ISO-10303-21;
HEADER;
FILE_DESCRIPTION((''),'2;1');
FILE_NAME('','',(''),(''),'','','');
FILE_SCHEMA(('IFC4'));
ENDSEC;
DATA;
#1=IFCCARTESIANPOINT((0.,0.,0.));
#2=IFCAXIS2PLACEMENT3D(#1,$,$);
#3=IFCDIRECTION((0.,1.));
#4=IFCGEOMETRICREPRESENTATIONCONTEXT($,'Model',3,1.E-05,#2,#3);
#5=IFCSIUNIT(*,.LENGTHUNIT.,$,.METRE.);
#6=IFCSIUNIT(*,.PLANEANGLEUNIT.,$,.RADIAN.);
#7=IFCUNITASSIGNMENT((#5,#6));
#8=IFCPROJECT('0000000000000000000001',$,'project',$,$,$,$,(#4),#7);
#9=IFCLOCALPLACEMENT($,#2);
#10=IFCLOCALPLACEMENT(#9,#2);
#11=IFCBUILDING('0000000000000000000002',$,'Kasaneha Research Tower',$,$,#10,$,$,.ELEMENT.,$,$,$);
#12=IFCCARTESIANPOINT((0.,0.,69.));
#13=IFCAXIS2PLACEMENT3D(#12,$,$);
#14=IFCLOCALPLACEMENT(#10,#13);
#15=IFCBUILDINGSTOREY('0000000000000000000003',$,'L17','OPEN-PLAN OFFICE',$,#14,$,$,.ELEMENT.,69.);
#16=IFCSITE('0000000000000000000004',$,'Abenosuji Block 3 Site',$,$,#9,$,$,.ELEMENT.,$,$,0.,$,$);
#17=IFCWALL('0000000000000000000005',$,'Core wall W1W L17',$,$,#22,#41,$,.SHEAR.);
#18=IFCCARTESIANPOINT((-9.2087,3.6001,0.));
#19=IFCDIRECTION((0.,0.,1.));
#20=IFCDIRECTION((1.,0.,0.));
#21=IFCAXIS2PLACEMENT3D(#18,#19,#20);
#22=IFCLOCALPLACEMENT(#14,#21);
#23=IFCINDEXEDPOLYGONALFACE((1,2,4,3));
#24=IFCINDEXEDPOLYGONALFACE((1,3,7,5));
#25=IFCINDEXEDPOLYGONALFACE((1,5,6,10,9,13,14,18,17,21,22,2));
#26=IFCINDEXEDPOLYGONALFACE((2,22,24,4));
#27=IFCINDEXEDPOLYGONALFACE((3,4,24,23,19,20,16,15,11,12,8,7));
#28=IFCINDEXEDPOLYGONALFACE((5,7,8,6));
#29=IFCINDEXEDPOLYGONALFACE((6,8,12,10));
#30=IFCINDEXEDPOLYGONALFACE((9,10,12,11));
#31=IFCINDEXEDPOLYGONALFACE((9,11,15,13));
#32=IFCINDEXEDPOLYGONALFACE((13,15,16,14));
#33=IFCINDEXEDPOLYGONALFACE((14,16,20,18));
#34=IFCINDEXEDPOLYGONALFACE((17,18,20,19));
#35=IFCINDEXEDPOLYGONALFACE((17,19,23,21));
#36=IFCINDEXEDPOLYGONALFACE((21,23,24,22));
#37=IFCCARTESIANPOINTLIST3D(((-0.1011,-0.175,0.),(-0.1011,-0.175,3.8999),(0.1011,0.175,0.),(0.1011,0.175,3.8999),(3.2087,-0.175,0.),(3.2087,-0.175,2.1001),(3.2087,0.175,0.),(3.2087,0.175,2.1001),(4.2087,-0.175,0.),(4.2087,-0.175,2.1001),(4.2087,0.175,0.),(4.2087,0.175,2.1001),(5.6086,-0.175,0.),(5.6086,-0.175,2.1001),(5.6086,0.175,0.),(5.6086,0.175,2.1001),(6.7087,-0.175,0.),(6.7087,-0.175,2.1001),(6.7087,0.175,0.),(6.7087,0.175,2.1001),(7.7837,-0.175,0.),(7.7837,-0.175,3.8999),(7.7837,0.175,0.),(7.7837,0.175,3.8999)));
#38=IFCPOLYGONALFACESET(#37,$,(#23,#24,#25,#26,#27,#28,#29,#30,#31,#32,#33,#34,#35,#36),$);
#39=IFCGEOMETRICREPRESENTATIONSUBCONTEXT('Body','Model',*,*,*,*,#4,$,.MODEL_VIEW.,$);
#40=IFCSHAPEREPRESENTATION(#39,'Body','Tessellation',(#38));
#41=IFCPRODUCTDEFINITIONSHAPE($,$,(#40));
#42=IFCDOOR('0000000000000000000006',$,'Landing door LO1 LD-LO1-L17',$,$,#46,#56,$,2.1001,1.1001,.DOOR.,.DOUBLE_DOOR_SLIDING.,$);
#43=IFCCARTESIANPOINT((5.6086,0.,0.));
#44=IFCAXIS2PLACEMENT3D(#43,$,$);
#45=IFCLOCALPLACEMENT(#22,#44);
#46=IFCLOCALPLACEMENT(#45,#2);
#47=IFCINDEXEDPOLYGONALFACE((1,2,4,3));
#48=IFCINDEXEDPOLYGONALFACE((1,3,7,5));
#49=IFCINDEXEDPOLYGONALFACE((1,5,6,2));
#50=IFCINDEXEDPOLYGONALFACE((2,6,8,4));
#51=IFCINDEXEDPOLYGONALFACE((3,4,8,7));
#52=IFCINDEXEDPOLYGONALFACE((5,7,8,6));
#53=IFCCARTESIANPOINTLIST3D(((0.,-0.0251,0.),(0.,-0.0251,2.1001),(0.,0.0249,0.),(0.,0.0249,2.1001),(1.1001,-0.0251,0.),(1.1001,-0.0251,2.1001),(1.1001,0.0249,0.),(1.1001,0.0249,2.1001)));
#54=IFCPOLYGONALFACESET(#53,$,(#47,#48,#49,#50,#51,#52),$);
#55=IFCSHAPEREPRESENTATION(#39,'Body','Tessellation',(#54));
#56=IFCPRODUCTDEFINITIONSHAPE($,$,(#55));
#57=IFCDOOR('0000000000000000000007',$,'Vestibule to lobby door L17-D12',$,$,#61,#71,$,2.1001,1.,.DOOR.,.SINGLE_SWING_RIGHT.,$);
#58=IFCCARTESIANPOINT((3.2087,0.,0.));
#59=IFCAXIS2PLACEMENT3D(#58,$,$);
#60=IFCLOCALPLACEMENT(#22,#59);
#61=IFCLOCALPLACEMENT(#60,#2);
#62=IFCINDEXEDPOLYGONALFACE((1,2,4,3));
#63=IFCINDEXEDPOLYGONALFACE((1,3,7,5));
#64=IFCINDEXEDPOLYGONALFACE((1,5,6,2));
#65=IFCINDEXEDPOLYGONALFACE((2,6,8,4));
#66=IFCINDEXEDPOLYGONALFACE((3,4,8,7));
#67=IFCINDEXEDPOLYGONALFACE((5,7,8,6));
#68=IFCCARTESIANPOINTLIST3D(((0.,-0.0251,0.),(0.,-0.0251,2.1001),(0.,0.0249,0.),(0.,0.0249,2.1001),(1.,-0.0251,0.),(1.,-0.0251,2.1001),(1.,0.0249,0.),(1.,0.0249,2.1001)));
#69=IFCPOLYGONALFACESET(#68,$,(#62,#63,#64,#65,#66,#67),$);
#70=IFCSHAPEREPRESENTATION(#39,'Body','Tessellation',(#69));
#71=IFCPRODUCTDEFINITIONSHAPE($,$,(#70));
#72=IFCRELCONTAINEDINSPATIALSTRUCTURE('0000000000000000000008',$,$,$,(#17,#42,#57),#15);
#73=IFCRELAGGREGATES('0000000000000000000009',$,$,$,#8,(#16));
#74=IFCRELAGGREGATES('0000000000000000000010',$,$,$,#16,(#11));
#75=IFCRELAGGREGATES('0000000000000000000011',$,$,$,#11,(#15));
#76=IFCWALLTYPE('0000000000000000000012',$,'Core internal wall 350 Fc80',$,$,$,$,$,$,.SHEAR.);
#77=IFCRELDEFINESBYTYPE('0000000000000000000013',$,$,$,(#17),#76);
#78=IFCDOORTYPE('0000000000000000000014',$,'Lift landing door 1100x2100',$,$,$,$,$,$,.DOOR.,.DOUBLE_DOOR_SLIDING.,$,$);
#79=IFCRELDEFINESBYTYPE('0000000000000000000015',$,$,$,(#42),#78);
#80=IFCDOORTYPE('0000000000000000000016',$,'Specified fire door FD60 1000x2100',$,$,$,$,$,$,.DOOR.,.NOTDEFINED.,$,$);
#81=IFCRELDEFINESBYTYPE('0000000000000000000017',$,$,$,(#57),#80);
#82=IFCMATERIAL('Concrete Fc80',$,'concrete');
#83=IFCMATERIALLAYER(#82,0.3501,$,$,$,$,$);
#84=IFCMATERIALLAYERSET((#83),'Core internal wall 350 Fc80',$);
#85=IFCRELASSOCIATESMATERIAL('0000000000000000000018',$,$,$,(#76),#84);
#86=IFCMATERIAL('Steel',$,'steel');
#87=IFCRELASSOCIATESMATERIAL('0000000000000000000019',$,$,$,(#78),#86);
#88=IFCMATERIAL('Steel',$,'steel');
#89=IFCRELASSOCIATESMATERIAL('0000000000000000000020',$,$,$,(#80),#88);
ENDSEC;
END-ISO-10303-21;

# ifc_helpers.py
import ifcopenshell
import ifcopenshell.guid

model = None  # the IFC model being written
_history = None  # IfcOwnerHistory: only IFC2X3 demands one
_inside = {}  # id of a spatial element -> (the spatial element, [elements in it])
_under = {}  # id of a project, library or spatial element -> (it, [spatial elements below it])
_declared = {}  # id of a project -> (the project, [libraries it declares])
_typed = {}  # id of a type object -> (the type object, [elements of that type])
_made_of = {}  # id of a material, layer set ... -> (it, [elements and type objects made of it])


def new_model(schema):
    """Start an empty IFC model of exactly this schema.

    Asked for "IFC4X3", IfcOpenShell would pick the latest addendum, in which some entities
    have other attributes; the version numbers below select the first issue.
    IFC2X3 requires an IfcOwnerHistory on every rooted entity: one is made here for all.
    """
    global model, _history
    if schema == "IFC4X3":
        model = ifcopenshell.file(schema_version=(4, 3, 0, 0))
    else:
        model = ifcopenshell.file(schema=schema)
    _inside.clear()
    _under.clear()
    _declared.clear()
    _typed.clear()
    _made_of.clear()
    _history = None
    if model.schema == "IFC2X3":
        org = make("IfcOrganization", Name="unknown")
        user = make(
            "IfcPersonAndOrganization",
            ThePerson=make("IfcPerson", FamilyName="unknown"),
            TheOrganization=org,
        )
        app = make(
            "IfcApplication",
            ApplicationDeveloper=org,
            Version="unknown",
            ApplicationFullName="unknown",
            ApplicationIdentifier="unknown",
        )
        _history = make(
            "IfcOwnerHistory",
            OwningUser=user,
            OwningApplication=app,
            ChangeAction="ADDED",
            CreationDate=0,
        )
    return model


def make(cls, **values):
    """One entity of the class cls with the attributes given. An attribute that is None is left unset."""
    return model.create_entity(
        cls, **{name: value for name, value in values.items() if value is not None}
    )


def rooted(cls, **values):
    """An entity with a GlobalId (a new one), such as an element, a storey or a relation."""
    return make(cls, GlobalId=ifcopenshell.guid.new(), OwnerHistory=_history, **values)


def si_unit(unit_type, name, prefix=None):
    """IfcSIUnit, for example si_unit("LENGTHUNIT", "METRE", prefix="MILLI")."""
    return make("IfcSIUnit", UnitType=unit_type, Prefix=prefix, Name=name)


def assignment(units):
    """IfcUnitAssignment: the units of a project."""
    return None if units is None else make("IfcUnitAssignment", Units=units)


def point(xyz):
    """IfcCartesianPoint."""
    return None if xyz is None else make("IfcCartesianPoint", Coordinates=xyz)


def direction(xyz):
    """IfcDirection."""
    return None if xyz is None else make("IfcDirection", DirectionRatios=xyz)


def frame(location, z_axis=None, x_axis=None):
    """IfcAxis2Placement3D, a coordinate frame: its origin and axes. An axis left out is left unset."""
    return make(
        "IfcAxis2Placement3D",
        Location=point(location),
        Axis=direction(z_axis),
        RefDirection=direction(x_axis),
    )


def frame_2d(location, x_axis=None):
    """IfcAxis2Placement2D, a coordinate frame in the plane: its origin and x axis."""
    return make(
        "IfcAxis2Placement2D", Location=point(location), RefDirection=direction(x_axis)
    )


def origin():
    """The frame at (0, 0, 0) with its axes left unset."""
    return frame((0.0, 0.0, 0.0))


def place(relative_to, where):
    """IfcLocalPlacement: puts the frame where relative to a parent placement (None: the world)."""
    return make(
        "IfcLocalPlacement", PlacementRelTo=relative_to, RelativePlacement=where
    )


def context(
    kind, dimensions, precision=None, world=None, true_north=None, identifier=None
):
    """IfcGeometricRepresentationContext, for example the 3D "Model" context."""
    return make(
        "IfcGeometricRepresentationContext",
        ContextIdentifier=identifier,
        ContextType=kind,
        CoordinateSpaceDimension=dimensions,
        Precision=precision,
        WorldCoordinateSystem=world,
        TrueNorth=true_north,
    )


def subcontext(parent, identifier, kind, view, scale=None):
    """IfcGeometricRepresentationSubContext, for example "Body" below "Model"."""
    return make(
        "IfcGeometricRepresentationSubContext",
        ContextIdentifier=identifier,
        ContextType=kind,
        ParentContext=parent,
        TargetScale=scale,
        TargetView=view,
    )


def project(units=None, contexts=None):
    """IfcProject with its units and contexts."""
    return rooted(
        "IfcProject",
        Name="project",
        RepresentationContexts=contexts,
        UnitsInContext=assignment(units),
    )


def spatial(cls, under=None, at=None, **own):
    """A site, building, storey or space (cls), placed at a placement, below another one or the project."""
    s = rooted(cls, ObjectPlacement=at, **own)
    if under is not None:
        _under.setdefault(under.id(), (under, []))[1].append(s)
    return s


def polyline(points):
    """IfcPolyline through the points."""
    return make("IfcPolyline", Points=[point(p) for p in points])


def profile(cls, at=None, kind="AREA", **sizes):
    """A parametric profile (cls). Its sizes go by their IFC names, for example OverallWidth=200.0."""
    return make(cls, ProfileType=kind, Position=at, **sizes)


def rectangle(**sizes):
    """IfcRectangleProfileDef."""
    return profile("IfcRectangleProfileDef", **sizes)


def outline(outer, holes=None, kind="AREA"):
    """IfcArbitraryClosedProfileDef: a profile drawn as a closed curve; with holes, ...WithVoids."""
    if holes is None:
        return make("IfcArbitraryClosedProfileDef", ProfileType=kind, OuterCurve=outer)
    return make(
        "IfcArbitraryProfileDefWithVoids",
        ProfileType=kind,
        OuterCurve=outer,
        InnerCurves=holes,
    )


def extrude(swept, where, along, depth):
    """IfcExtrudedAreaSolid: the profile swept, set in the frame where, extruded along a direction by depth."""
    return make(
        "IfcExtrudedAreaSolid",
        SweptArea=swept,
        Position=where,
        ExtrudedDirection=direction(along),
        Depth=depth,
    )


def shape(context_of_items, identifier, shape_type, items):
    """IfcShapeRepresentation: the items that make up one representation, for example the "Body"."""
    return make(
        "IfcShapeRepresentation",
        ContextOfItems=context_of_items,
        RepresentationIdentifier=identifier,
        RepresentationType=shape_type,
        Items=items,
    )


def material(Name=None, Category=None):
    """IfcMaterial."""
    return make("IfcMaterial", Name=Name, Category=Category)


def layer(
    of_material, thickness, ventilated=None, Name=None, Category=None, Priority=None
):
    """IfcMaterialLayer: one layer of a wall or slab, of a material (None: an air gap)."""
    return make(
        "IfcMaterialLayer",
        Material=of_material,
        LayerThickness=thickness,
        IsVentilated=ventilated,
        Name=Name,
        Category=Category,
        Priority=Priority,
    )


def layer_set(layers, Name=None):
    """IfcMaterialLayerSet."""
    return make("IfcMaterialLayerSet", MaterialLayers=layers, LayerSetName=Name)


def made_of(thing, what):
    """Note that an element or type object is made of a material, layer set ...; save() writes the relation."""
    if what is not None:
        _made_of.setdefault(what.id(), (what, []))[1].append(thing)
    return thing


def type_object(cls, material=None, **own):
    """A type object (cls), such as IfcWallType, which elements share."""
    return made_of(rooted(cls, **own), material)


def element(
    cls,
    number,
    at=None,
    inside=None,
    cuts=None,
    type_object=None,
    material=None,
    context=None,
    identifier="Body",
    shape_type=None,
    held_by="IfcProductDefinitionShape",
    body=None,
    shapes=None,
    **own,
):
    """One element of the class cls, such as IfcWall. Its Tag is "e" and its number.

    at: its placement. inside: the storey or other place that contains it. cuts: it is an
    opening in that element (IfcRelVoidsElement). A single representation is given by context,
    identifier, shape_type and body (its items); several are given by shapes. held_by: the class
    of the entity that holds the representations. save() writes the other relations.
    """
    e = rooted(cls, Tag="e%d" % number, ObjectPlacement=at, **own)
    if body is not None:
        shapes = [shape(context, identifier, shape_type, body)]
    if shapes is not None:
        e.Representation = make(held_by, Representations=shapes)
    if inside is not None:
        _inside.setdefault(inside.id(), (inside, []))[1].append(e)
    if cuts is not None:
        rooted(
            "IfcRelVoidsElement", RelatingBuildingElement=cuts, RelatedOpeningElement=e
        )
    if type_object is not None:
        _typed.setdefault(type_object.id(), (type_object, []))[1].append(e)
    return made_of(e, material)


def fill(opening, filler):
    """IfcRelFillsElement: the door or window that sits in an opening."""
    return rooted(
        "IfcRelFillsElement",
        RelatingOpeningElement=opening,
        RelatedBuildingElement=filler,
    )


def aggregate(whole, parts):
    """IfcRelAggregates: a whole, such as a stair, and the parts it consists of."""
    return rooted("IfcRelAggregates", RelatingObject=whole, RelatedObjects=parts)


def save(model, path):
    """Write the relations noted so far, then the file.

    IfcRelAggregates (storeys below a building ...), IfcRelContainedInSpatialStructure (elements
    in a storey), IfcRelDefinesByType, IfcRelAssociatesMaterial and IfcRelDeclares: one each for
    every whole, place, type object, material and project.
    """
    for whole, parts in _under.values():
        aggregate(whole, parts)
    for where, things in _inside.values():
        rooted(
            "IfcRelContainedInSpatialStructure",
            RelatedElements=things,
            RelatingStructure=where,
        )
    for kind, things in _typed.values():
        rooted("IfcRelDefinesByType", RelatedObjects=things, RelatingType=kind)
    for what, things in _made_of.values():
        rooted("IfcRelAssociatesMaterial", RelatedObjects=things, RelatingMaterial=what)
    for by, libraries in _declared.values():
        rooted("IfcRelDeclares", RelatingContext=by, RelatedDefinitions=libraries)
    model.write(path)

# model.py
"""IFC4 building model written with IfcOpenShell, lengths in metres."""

from ifc_helpers import new_model, si_unit, direction, frame, frame_2d, origin, place, context, subcontext, project, spatial, polyline, rectangle, outline, extrude, material, layer, layer_set, type_object, element, fill, save


model = new_model("IFC4")

# Units and contexts
model_context = context("Model", 3, precision=1e-05, world=origin(), true_north=direction((0.0, 1.0)))
body_context = subcontext(model_context, "Body", "Model", "MODEL_VIEW")
ifc_project = project(units=[si_unit("LENGTHUNIT", "METRE"), si_unit("PLANEANGLEUNIT", "RADIAN")], contexts=[model_context])

# Site, building, storey
site_placement = place(None, origin())
site = spatial("IfcSite", under=ifc_project, at=site_placement, Name="Abenosuji Block 3 Site", CompositionType="ELEMENT", RefElevation=0.0)
building_placement = place(site_placement, origin())
building = spatial("IfcBuilding", under=site, at=building_placement, Name="Kasaneha Research Tower", CompositionType="ELEMENT")
storey_placement = place(building_placement, frame((0.0, 0.0, 69.0)))
storey = spatial("IfcBuildingStorey", under=building, at=storey_placement, Name="L17", Description="OPEN-PLAN OFFICE", CompositionType="ELEMENT", Elevation=69.0)

# Wall, openings, doors
ifc_material_1 = material(Name="Concrete Fc80", Category="concrete")
ifc_layer_1 = layer(ifc_material_1, 0.3501)
ifc_layer_set_1 = layer_set([ifc_layer_1], Name="Core internal wall 350 Fc80")
wall_type_1 = type_object("IfcWallType", Name="Core internal wall 350 Fc80", PredefinedType="SHEAR", material=ifc_layer_set_1)
wall_1_placement = place(storey_placement, frame((-9.2087, 3.6001, 0.0), z_axis=(0.0, 0.0, 1.0), x_axis=(1.0, 0.0, 0.0)))
wall_1 = element("IfcWall", 1, at=wall_1_placement, inside=storey, type_object=wall_type_1, Name="Core wall W1W L17", PredefinedType="SHEAR", context=body_context, shape_type="SweptSolid", body=[
    extrude(outline(polyline([(-0.1011, -0.175), (3.2087, -0.175), (4.2087, -0.175), (5.6086, -0.175), (6.7087, -0.175), (7.7837, -0.175), (7.7837, 0.175), (6.7087, 0.175), (5.6086, 0.175), (4.2087, 0.175), (3.2087, 0.175), (0.1011, 0.175), (-0.1011, -0.175)])), origin(), (0.0, 0.0, 1.0), 3.8999),
])
opening_1_placement = place(wall_1_placement, frame((3.2087, 0.0, 0.0)))
opening_1 = element("IfcOpeningElement", 2, at=opening_1_placement, cuts=wall_1, PredefinedType="OPENING", context=body_context, shape_type="SweptSolid", body=[
    extrude(rectangle(XDim=1.0, YDim=2.1001, at=frame_2d((0.5, 1.05))), frame((0.0, 0.1851, 0.0), z_axis=(0.0, -1.0, 0.0), x_axis=(1.0, 0.0, 0.0)), (0.0, 0.0, 1.0), 0.3701),
])
opening_2_placement = place(wall_1_placement, frame((5.6086, 0.0, 0.0)))
opening_2 = element("IfcOpeningElement", 3, at=opening_2_placement, cuts=wall_1, PredefinedType="OPENING", context=body_context, shape_type="SweptSolid", body=[
    extrude(rectangle(XDim=1.1001, YDim=2.1001, at=frame_2d((0.55, 1.05))), frame((0.0, 0.1851, 0.0), z_axis=(0.0, -1.0, 0.0), x_axis=(1.0, 0.0, 0.0)), (0.0, 0.0, 1.0), 0.3701),
])
ifc_material_2 = material(Name="Steel", Category="steel")
door_type_1 = type_object("IfcDoorType", Name="Lift landing door 1100x2100", OperationType="DOUBLE_DOOR_SLIDING", PredefinedType="DOOR", material=ifc_material_2)
door_1_placement = place(opening_2_placement, origin())
door_1 = element("IfcDoor", 4, at=door_1_placement, inside=storey, type_object=door_type_1, Name="Landing door LO1 LD-LO1-L17", OperationType="DOUBLE_DOOR_SLIDING", OverallHeight=2.1001, OverallWidth=1.1001, PredefinedType="DOOR", context=body_context, shape_type="SweptSolid", body=[
    extrude(rectangle(XDim=1.1001, YDim=2.1001, at=frame_2d((0.55, 1.05))), frame((0.0, 0.0249, 0.0), z_axis=(0.0, -1.0, 0.0), x_axis=(1.0, 0.0, 0.0)), (0.0, 0.0, 1.0), 0.05),
])
fill(opening_2, door_1)
ifc_material_3 = material(Name="Steel", Category="steel")
door_type_2 = type_object("IfcDoorType", Name="Specified fire door FD60 1000x2100", OperationType="NOTDEFINED", PredefinedType="DOOR", material=ifc_material_3)
door_2_placement = place(opening_1_placement, origin())
door_2 = element("IfcDoor", 5, at=door_2_placement, inside=storey, type_object=door_type_2, Name="Vestibule to lobby door L17-D12", OperationType="SINGLE_SWING_RIGHT", OverallHeight=2.1001, OverallWidth=1.0, PredefinedType="DOOR", context=body_context, shape_type="SweptSolid", body=[
    extrude(rectangle(XDim=1.0, YDim=2.1001, at=frame_2d((0.5, 1.05))), frame((0.0, 0.0249, 0.0), z_axis=(0.0, -1.0, 0.0), x_axis=(1.0, 0.0, 0.0)), (0.0, 0.0, 1.0), 0.05),
])
fill(opening_1, door_2)

save(model, "model.ifc")
